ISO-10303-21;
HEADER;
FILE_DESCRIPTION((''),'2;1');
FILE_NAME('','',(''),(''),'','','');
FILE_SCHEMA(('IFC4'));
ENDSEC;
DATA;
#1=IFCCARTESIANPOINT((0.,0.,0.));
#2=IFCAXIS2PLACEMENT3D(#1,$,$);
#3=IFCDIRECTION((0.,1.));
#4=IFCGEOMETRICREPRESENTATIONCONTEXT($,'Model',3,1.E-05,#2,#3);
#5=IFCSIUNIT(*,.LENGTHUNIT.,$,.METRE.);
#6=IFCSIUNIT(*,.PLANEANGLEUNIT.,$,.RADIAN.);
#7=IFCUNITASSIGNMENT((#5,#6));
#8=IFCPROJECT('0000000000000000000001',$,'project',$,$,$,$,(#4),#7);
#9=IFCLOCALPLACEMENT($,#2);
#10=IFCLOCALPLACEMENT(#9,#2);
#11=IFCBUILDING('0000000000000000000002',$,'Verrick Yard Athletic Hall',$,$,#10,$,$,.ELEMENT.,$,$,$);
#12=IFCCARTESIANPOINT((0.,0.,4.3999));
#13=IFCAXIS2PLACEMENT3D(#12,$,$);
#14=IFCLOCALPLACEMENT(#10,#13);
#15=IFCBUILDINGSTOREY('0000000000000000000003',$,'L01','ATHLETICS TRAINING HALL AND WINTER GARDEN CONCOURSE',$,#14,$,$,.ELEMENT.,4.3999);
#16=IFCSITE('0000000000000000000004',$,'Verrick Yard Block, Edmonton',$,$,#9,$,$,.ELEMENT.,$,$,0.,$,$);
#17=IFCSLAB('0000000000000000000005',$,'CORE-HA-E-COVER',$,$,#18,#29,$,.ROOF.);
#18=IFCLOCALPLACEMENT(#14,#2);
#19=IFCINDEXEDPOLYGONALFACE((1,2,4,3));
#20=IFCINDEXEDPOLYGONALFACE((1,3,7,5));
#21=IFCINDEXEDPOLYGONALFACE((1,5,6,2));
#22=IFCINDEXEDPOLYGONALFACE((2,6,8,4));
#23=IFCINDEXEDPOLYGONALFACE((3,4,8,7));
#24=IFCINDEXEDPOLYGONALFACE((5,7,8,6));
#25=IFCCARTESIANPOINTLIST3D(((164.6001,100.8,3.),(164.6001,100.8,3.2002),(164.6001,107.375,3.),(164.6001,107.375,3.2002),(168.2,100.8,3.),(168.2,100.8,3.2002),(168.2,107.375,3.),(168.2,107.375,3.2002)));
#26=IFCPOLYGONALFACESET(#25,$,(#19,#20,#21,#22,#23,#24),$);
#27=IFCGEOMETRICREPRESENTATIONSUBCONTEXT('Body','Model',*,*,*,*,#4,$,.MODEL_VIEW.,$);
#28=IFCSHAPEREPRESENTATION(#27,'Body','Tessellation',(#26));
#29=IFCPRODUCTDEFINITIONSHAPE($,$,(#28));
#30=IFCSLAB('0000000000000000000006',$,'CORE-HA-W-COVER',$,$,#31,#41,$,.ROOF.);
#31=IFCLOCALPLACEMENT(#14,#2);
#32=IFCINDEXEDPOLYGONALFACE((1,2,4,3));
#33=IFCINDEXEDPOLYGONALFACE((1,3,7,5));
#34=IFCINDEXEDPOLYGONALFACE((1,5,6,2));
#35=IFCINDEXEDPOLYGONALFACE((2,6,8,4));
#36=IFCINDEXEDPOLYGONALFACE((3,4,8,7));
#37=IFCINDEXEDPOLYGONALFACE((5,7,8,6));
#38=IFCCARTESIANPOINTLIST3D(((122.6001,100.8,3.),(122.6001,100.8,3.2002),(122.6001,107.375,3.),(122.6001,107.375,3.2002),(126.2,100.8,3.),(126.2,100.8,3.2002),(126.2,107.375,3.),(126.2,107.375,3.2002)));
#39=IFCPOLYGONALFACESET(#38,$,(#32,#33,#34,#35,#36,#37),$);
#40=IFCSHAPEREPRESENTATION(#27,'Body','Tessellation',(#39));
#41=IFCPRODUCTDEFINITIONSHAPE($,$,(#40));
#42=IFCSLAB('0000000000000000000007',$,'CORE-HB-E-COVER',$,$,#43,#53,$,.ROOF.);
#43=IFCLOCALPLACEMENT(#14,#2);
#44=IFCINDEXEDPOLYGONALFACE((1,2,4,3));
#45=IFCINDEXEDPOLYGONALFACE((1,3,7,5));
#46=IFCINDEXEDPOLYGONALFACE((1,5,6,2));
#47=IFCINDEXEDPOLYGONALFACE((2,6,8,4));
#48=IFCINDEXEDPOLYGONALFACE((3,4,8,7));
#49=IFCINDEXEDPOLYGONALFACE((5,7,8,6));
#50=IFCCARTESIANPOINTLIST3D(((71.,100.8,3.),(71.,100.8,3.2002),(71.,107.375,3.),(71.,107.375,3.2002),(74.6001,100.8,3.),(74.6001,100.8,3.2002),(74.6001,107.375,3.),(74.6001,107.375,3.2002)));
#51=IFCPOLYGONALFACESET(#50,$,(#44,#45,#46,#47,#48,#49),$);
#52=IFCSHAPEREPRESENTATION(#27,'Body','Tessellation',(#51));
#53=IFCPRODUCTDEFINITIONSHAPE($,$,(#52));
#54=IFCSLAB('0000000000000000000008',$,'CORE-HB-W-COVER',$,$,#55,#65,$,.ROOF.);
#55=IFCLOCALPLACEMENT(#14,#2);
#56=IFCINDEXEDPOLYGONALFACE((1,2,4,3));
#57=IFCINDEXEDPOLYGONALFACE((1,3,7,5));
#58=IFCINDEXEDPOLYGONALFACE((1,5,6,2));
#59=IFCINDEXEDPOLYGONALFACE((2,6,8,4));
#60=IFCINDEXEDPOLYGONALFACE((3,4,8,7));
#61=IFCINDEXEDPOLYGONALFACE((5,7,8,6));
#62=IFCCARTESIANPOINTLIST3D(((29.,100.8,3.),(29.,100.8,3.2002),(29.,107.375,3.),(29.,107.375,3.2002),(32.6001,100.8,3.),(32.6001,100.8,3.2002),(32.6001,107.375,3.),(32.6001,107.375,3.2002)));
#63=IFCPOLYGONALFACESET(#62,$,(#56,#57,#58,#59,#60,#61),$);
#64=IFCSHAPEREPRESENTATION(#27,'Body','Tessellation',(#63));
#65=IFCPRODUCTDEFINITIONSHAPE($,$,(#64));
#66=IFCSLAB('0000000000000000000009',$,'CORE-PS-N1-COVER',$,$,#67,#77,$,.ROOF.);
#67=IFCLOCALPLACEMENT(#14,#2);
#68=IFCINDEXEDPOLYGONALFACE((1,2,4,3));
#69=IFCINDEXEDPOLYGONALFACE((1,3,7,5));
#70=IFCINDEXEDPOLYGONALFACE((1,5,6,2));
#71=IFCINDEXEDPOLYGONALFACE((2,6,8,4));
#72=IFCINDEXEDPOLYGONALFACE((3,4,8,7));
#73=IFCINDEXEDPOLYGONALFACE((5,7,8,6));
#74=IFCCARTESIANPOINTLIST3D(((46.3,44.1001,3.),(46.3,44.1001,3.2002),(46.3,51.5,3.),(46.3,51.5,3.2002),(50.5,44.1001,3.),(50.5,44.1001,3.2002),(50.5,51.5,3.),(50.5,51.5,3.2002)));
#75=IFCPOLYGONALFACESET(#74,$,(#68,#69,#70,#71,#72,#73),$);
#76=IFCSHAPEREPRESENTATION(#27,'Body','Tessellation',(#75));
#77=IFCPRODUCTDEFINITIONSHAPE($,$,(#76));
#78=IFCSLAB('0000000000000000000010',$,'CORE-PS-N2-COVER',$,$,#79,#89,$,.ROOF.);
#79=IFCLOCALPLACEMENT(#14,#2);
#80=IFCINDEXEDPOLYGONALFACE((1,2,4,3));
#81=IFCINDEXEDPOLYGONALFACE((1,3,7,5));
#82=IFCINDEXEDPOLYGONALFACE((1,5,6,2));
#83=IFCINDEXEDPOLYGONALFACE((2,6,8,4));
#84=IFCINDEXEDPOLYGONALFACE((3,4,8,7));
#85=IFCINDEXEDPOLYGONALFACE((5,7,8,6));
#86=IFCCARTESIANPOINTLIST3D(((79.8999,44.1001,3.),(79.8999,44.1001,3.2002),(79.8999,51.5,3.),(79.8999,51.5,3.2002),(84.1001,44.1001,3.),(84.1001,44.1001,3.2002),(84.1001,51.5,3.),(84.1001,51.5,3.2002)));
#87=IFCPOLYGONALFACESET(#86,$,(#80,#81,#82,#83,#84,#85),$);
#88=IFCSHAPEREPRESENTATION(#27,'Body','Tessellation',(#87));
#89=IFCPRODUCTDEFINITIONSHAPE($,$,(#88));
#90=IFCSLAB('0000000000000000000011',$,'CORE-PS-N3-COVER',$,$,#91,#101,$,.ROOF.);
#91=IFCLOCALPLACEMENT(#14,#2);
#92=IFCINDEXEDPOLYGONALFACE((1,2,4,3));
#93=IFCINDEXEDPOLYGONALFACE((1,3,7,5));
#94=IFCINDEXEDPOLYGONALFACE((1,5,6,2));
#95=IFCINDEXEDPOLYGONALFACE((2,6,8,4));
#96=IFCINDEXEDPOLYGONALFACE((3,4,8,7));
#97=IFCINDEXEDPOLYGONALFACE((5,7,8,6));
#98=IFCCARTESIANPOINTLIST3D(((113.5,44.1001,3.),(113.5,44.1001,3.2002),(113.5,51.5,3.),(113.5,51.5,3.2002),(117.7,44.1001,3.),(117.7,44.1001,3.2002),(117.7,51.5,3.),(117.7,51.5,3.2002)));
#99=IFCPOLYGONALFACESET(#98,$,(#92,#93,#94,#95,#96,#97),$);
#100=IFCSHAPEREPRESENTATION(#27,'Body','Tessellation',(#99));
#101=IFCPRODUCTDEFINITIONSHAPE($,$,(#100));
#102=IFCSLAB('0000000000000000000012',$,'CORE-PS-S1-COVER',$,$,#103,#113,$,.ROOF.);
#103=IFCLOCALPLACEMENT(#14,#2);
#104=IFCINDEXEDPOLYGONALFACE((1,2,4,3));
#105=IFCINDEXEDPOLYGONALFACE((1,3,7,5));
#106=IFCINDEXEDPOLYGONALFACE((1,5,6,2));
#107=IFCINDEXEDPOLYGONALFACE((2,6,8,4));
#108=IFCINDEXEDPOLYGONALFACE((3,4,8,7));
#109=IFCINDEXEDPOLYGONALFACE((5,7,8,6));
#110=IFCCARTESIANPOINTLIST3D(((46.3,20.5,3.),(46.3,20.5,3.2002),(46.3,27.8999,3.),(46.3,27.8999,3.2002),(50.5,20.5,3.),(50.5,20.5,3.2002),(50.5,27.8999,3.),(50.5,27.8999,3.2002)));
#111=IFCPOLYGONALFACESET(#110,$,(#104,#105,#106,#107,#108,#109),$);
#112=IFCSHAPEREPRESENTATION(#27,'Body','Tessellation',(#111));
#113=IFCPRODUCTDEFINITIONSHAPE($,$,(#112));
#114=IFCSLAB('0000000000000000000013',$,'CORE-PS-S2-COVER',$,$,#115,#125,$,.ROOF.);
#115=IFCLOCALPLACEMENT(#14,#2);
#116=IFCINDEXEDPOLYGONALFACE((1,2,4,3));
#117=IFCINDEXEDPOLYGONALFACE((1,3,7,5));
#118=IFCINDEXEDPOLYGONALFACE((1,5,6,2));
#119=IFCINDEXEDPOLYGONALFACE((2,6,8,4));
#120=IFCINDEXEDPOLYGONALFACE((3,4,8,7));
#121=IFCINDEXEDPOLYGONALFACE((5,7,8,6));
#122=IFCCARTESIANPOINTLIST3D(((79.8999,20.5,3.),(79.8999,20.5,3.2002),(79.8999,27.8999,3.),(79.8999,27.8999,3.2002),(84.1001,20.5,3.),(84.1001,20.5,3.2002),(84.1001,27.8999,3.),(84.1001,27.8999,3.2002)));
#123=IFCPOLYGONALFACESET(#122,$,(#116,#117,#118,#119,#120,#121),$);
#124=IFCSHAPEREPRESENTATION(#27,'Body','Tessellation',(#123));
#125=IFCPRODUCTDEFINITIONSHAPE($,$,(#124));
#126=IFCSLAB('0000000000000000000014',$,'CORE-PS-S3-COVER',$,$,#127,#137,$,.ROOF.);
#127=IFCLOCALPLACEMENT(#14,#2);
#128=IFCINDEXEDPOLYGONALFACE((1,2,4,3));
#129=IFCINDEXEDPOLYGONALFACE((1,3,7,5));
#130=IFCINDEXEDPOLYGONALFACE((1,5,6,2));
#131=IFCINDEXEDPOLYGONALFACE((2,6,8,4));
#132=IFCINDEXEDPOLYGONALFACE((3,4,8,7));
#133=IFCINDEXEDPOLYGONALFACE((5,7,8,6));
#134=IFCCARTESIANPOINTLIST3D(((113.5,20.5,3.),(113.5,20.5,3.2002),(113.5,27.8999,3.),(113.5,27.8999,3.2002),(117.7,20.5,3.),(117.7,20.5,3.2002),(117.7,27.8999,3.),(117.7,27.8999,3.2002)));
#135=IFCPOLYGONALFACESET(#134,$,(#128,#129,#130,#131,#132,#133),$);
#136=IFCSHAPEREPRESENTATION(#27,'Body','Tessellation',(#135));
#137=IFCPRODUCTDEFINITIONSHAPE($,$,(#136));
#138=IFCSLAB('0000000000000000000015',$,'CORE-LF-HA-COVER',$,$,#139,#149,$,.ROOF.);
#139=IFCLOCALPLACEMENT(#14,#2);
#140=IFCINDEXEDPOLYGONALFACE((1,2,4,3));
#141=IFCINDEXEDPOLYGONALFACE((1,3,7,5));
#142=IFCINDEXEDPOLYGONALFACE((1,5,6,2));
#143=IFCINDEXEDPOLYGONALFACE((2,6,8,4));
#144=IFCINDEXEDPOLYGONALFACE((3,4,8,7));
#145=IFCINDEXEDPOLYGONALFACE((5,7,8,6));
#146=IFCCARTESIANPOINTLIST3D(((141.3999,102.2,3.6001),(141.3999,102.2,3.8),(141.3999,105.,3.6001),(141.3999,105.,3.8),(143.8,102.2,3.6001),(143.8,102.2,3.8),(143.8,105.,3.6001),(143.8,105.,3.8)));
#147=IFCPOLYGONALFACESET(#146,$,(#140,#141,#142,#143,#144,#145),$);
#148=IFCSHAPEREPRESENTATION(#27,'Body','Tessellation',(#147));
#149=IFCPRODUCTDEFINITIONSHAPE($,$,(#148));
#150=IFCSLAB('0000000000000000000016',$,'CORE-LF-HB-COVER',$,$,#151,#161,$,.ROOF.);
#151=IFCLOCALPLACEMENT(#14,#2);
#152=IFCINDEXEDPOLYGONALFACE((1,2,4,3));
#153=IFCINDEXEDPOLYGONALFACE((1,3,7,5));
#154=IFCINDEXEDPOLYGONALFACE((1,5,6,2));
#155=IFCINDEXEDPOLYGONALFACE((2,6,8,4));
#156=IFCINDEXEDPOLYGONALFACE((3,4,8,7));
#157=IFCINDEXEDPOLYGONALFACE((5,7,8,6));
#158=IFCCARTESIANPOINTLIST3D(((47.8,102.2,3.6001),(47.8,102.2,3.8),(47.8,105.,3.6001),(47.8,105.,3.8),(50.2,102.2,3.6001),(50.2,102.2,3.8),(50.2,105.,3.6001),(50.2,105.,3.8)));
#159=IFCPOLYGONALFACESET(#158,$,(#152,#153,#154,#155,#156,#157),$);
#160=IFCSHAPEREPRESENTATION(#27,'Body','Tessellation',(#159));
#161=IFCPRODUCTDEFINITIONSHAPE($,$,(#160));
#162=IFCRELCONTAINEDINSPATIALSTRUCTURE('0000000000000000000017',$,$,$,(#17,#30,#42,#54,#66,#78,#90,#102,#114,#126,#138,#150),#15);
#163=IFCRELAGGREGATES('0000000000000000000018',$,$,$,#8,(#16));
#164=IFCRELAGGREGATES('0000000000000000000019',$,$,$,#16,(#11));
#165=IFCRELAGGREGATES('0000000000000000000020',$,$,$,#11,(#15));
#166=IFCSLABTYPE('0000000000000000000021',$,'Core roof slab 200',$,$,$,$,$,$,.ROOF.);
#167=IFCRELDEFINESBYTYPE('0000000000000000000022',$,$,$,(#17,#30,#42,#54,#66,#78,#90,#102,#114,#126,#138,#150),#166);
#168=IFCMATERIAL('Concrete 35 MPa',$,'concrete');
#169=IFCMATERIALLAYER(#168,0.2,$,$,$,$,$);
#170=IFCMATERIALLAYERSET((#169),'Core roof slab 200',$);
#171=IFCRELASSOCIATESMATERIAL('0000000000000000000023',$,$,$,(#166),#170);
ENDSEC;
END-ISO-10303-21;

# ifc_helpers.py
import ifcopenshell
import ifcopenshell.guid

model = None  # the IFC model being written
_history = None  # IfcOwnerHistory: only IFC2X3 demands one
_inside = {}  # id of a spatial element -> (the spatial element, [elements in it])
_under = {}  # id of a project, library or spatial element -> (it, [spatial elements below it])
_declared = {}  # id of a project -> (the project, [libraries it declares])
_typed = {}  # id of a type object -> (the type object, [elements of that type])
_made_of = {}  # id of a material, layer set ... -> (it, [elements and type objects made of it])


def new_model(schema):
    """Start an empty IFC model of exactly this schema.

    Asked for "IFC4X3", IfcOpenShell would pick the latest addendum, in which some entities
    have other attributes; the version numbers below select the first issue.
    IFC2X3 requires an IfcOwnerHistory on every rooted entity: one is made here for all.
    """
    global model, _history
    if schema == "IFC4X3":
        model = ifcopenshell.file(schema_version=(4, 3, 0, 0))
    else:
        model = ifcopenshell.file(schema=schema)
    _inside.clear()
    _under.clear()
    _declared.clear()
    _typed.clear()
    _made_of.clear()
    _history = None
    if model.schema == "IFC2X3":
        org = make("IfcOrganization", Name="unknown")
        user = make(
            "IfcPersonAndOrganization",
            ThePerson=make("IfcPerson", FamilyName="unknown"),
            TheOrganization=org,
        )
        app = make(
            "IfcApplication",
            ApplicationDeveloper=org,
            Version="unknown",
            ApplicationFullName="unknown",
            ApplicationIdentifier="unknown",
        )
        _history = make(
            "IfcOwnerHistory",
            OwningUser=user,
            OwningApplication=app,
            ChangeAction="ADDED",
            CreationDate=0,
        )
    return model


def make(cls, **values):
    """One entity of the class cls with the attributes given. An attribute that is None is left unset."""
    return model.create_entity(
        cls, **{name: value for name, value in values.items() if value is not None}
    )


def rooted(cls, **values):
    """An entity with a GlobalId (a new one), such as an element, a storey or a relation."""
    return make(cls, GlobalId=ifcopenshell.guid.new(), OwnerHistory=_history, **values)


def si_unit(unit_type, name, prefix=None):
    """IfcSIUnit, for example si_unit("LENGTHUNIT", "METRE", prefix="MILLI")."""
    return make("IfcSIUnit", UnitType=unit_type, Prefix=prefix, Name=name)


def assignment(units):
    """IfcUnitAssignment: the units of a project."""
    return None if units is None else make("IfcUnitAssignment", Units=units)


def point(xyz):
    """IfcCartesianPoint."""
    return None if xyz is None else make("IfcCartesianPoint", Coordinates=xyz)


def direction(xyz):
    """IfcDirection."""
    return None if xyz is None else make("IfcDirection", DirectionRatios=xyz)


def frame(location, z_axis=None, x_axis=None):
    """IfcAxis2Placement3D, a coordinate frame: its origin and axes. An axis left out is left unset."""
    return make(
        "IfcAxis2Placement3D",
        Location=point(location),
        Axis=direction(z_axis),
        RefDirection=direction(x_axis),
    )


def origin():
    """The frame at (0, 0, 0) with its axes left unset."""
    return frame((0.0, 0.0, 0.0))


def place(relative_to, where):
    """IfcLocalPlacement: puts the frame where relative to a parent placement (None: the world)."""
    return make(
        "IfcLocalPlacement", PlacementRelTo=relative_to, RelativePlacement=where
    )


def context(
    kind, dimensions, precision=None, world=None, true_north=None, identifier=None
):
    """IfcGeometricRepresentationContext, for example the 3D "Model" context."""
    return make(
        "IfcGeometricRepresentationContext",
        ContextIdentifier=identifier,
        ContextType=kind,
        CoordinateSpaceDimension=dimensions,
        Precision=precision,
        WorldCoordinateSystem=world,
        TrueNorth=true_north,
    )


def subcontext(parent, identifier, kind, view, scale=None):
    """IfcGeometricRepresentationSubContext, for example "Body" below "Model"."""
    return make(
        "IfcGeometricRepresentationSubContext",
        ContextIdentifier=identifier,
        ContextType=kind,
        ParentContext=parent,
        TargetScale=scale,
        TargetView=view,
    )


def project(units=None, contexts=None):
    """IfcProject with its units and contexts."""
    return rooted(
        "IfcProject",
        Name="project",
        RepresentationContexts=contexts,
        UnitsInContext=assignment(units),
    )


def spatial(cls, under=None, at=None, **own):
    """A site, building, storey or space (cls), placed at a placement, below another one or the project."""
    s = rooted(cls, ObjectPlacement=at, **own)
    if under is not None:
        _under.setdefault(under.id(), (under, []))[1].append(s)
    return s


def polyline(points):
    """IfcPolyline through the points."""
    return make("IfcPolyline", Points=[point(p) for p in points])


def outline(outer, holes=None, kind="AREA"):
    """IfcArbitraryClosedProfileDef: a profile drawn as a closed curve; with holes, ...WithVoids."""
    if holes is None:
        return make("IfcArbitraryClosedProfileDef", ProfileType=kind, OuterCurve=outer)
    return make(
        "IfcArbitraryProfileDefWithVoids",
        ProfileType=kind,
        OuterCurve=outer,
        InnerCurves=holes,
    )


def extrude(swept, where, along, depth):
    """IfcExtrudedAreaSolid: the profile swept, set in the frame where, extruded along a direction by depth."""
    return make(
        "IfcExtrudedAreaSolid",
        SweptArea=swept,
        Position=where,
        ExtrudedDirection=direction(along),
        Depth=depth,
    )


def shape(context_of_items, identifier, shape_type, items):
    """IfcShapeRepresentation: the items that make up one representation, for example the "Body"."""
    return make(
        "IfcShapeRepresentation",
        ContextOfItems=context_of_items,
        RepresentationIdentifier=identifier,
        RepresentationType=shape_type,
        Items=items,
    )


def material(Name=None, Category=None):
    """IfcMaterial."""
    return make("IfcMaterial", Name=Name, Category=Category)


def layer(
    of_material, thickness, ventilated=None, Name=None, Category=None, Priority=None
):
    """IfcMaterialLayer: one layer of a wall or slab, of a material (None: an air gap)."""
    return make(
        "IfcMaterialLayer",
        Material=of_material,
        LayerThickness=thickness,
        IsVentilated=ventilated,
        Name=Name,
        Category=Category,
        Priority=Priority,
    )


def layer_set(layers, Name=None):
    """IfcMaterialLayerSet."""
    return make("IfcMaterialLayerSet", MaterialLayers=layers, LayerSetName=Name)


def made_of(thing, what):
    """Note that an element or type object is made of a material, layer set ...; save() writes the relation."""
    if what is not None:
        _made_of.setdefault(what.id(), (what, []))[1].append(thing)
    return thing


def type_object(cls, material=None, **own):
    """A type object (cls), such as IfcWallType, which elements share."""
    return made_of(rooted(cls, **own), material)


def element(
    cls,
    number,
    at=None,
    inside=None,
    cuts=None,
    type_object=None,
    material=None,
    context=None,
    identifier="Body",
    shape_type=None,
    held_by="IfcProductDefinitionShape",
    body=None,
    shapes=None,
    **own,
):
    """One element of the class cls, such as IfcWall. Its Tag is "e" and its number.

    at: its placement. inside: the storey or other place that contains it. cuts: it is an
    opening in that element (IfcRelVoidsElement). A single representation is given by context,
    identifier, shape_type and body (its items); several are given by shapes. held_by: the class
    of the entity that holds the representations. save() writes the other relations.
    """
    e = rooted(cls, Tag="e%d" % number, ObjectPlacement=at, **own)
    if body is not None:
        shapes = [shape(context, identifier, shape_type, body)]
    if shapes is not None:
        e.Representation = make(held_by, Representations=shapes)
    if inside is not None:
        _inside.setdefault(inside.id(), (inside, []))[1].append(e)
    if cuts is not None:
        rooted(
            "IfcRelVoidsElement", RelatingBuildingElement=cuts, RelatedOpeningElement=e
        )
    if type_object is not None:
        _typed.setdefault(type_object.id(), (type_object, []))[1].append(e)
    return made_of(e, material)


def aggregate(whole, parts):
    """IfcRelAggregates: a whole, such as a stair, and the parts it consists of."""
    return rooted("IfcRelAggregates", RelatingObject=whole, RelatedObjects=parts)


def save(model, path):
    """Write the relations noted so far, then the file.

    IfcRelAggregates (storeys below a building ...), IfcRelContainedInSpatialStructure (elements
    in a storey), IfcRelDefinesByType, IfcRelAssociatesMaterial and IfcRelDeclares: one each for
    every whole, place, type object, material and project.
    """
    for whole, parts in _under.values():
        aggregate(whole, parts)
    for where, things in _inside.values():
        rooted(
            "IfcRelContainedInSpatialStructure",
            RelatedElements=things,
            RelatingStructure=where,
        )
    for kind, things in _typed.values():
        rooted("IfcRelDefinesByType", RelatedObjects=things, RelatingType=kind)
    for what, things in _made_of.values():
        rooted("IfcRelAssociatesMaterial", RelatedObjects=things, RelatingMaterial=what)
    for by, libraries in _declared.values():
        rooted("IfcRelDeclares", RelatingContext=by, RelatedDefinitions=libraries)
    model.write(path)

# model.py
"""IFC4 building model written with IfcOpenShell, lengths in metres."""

from ifc_helpers import new_model, si_unit, direction, frame, origin, place, context, subcontext, project, spatial, polyline, outline, extrude, material, layer, layer_set, type_object, element, save


model = new_model("IFC4")

# Units and contexts
model_context = context("Model", 3, precision=1e-05, world=origin(), true_north=direction((0.0, 1.0)))
body_context = subcontext(model_context, "Body", "Model", "MODEL_VIEW")
ifc_project = project(units=[si_unit("LENGTHUNIT", "METRE"), si_unit("PLANEANGLEUNIT", "RADIAN")], contexts=[model_context])

# Site, building, storey
site_placement = place(None, origin())
site = spatial("IfcSite", under=ifc_project, at=site_placement, Name="Verrick Yard Block, Edmonton", CompositionType="ELEMENT", RefElevation=0.0)
building_placement = place(site_placement, origin())
building = spatial("IfcBuilding", under=site, at=building_placement, Name="Verrick Yard Athletic Hall", CompositionType="ELEMENT")
storey_placement = place(building_placement, frame((0.0, 0.0, 4.3999)))
storey = spatial("IfcBuildingStorey", under=building, at=storey_placement, Name="L01", Description="ATHLETICS TRAINING HALL AND WINTER GARDEN CONCOURSE", CompositionType="ELEMENT", Elevation=4.3999)

# Slabs
ifc_material_1 = material(Name="Concrete 35 MPa", Category="concrete")
ifc_layer_1 = layer(ifc_material_1, 0.2)
ifc_layer_set_1 = layer_set([ifc_layer_1], Name="Core roof slab 200")
slab_type_1 = type_object("IfcSlabType", Name="Core roof slab 200", PredefinedType="ROOF", material=ifc_layer_set_1)
slab_1_placement = place(storey_placement, frame((0.0, 0.0, 3.0)))
element("IfcSlab", 1, at=slab_1_placement, inside=storey, type_object=slab_type_1, Name="CORE-HA-E-COVER", PredefinedType="ROOF", context=body_context, shape_type="SweptSolid", body=[
    extrude(outline(polyline([(164.6001, 100.8), (168.2, 100.8), (168.2, 107.375), (164.6001, 107.375), (164.6001, 100.8)])), origin(), (0.0, 0.0, 1.0), 0.2002),
])
slab_2_placement = place(storey_placement, frame((0.0, 0.0, 3.0)))
element("IfcSlab", 2, at=slab_2_placement, inside=storey, type_object=slab_type_1, Name="CORE-HA-W-COVER", PredefinedType="ROOF", context=body_context, shape_type="SweptSolid", body=[
    extrude(outline(polyline([(122.6001, 100.8), (126.2, 100.8), (126.2, 107.375), (122.6001, 107.375), (122.6001, 100.8)])), origin(), (0.0, 0.0, 1.0), 0.2002),
])
slab_3_placement = place(storey_placement, frame((0.0, 0.0, 3.0)))
element("IfcSlab", 3, at=slab_3_placement, inside=storey, type_object=slab_type_1, Name="CORE-HB-E-COVER", PredefinedType="ROOF", context=body_context, shape_type="SweptSolid", body=[
    extrude(outline(polyline([(71.0, 100.8), (74.6001, 100.8), (74.6001, 107.375), (71.0, 107.375), (71.0, 100.8)])), origin(), (0.0, 0.0, 1.0), 0.2002),
])
slab_4_placement = place(storey_placement, frame((0.0, 0.0, 3.0)))
element("IfcSlab", 4, at=slab_4_placement, inside=storey, type_object=slab_type_1, Name="CORE-HB-W-COVER", PredefinedType="ROOF", context=body_context, shape_type="SweptSolid", body=[
    extrude(outline(polyline([(29.0, 100.8), (32.6001, 100.8), (32.6001, 107.375), (29.0, 107.375), (29.0, 100.8)])), origin(), (0.0, 0.0, 1.0), 0.2002),
])
slab_5_placement = place(storey_placement, frame((0.0, 0.0, 3.0)))
element("IfcSlab", 5, at=slab_5_placement, inside=storey, type_object=slab_type_1, Name="CORE-PS-N1-COVER", PredefinedType="ROOF", context=body_context, shape_type="SweptSolid", body=[
    extrude(outline(polyline([(46.3, 44.1001), (50.5, 44.1001), (50.5, 51.5), (46.3, 51.5), (46.3, 44.1001)])), origin(), (0.0, 0.0, 1.0), 0.2002),
])
slab_6_placement = place(storey_placement, frame((0.0, 0.0, 3.0)))
element("IfcSlab", 6, at=slab_6_placement, inside=storey, type_object=slab_type_1, Name="CORE-PS-N2-COVER", PredefinedType="ROOF", context=body_context, shape_type="SweptSolid", body=[
    extrude(outline(polyline([(79.8999, 44.1001), (84.1001, 44.1001), (84.1001, 51.5), (79.8999, 51.5), (79.8999, 44.1001)])), origin(), (0.0, 0.0, 1.0), 0.2002),
])
slab_7_placement = place(storey_placement, frame((0.0, 0.0, 3.0)))
element("IfcSlab", 7, at=slab_7_placement, inside=storey, type_object=slab_type_1, Name="CORE-PS-N3-COVER", PredefinedType="ROOF", context=body_context, shape_type="SweptSolid", body=[
    extrude(outline(polyline([(113.5, 44.1001), (117.7, 44.1001), (117.7, 51.5), (113.5, 51.5), (113.5, 44.1001)])), origin(), (0.0, 0.0, 1.0), 0.2002),
])
slab_8_placement = place(storey_placement, frame((0.0, 0.0, 3.0)))
element("IfcSlab", 8, at=slab_8_placement, inside=storey, type_object=slab_type_1, Name="CORE-PS-S1-COVER", PredefinedType="ROOF", context=body_context, shape_type="SweptSolid", body=[
    extrude(outline(polyline([(46.3, 20.5), (50.5, 20.5), (50.5, 27.8999), (46.3, 27.8999), (46.3, 20.5)])), origin(), (0.0, 0.0, 1.0), 0.2002),
])
slab_9_placement = place(storey_placement, frame((0.0, 0.0, 3.0)))
element("IfcSlab", 9, at=slab_9_placement, inside=storey, type_object=slab_type_1, Name="CORE-PS-S2-COVER", PredefinedType="ROOF", context=body_context, shape_type="SweptSolid", body=[
    extrude(outline(polyline([(79.8999, 20.5), (84.1001, 20.5), (84.1001, 27.8999), (79.8999, 27.8999), (79.8999, 20.5)])), origin(), (0.0, 0.0, 1.0), 0.2002),
])
slab_10_placement = place(storey_placement, frame((0.0, 0.0, 3.0)))
element("IfcSlab", 10, at=slab_10_placement, inside=storey, type_object=slab_type_1, Name="CORE-PS-S3-COVER", PredefinedType="ROOF", context=body_context, shape_type="SweptSolid", body=[
    extrude(outline(polyline([(113.5, 20.5), (117.7, 20.5), (117.7, 27.8999), (113.5, 27.8999), (113.5, 20.5)])), origin(), (0.0, 0.0, 1.0), 0.2002),
])
slab_11_placement = place(storey_placement, frame((0.0, 0.0, 3.6001)))
element("IfcSlab", 11, at=slab_11_placement, inside=storey, type_object=slab_type_1, Name="CORE-LF-HA-COVER", PredefinedType="ROOF", context=body_context, shape_type="SweptSolid", body=[
    extrude(outline(polyline([(141.3999, 102.2), (143.8, 102.2), (143.8, 105.0), (141.3999, 105.0), (141.3999, 102.2)])), origin(), (0.0, 0.0, 1.0), 0.2),
])
slab_12_placement = place(storey_placement, frame((0.0, 0.0, 3.6001)))
element("IfcSlab", 12, at=slab_12_placement, inside=storey, type_object=slab_type_1, Name="CORE-LF-HB-COVER", PredefinedType="ROOF", context=body_context, shape_type="SweptSolid", body=[
    extrude(outline(polyline([(47.8, 102.2), (50.2, 102.2), (50.2, 105.0), (47.8, 105.0), (47.8, 102.2)])), origin(), (0.0, 0.0, 1.0), 0.2),
])

save(model, "model.ifc")
